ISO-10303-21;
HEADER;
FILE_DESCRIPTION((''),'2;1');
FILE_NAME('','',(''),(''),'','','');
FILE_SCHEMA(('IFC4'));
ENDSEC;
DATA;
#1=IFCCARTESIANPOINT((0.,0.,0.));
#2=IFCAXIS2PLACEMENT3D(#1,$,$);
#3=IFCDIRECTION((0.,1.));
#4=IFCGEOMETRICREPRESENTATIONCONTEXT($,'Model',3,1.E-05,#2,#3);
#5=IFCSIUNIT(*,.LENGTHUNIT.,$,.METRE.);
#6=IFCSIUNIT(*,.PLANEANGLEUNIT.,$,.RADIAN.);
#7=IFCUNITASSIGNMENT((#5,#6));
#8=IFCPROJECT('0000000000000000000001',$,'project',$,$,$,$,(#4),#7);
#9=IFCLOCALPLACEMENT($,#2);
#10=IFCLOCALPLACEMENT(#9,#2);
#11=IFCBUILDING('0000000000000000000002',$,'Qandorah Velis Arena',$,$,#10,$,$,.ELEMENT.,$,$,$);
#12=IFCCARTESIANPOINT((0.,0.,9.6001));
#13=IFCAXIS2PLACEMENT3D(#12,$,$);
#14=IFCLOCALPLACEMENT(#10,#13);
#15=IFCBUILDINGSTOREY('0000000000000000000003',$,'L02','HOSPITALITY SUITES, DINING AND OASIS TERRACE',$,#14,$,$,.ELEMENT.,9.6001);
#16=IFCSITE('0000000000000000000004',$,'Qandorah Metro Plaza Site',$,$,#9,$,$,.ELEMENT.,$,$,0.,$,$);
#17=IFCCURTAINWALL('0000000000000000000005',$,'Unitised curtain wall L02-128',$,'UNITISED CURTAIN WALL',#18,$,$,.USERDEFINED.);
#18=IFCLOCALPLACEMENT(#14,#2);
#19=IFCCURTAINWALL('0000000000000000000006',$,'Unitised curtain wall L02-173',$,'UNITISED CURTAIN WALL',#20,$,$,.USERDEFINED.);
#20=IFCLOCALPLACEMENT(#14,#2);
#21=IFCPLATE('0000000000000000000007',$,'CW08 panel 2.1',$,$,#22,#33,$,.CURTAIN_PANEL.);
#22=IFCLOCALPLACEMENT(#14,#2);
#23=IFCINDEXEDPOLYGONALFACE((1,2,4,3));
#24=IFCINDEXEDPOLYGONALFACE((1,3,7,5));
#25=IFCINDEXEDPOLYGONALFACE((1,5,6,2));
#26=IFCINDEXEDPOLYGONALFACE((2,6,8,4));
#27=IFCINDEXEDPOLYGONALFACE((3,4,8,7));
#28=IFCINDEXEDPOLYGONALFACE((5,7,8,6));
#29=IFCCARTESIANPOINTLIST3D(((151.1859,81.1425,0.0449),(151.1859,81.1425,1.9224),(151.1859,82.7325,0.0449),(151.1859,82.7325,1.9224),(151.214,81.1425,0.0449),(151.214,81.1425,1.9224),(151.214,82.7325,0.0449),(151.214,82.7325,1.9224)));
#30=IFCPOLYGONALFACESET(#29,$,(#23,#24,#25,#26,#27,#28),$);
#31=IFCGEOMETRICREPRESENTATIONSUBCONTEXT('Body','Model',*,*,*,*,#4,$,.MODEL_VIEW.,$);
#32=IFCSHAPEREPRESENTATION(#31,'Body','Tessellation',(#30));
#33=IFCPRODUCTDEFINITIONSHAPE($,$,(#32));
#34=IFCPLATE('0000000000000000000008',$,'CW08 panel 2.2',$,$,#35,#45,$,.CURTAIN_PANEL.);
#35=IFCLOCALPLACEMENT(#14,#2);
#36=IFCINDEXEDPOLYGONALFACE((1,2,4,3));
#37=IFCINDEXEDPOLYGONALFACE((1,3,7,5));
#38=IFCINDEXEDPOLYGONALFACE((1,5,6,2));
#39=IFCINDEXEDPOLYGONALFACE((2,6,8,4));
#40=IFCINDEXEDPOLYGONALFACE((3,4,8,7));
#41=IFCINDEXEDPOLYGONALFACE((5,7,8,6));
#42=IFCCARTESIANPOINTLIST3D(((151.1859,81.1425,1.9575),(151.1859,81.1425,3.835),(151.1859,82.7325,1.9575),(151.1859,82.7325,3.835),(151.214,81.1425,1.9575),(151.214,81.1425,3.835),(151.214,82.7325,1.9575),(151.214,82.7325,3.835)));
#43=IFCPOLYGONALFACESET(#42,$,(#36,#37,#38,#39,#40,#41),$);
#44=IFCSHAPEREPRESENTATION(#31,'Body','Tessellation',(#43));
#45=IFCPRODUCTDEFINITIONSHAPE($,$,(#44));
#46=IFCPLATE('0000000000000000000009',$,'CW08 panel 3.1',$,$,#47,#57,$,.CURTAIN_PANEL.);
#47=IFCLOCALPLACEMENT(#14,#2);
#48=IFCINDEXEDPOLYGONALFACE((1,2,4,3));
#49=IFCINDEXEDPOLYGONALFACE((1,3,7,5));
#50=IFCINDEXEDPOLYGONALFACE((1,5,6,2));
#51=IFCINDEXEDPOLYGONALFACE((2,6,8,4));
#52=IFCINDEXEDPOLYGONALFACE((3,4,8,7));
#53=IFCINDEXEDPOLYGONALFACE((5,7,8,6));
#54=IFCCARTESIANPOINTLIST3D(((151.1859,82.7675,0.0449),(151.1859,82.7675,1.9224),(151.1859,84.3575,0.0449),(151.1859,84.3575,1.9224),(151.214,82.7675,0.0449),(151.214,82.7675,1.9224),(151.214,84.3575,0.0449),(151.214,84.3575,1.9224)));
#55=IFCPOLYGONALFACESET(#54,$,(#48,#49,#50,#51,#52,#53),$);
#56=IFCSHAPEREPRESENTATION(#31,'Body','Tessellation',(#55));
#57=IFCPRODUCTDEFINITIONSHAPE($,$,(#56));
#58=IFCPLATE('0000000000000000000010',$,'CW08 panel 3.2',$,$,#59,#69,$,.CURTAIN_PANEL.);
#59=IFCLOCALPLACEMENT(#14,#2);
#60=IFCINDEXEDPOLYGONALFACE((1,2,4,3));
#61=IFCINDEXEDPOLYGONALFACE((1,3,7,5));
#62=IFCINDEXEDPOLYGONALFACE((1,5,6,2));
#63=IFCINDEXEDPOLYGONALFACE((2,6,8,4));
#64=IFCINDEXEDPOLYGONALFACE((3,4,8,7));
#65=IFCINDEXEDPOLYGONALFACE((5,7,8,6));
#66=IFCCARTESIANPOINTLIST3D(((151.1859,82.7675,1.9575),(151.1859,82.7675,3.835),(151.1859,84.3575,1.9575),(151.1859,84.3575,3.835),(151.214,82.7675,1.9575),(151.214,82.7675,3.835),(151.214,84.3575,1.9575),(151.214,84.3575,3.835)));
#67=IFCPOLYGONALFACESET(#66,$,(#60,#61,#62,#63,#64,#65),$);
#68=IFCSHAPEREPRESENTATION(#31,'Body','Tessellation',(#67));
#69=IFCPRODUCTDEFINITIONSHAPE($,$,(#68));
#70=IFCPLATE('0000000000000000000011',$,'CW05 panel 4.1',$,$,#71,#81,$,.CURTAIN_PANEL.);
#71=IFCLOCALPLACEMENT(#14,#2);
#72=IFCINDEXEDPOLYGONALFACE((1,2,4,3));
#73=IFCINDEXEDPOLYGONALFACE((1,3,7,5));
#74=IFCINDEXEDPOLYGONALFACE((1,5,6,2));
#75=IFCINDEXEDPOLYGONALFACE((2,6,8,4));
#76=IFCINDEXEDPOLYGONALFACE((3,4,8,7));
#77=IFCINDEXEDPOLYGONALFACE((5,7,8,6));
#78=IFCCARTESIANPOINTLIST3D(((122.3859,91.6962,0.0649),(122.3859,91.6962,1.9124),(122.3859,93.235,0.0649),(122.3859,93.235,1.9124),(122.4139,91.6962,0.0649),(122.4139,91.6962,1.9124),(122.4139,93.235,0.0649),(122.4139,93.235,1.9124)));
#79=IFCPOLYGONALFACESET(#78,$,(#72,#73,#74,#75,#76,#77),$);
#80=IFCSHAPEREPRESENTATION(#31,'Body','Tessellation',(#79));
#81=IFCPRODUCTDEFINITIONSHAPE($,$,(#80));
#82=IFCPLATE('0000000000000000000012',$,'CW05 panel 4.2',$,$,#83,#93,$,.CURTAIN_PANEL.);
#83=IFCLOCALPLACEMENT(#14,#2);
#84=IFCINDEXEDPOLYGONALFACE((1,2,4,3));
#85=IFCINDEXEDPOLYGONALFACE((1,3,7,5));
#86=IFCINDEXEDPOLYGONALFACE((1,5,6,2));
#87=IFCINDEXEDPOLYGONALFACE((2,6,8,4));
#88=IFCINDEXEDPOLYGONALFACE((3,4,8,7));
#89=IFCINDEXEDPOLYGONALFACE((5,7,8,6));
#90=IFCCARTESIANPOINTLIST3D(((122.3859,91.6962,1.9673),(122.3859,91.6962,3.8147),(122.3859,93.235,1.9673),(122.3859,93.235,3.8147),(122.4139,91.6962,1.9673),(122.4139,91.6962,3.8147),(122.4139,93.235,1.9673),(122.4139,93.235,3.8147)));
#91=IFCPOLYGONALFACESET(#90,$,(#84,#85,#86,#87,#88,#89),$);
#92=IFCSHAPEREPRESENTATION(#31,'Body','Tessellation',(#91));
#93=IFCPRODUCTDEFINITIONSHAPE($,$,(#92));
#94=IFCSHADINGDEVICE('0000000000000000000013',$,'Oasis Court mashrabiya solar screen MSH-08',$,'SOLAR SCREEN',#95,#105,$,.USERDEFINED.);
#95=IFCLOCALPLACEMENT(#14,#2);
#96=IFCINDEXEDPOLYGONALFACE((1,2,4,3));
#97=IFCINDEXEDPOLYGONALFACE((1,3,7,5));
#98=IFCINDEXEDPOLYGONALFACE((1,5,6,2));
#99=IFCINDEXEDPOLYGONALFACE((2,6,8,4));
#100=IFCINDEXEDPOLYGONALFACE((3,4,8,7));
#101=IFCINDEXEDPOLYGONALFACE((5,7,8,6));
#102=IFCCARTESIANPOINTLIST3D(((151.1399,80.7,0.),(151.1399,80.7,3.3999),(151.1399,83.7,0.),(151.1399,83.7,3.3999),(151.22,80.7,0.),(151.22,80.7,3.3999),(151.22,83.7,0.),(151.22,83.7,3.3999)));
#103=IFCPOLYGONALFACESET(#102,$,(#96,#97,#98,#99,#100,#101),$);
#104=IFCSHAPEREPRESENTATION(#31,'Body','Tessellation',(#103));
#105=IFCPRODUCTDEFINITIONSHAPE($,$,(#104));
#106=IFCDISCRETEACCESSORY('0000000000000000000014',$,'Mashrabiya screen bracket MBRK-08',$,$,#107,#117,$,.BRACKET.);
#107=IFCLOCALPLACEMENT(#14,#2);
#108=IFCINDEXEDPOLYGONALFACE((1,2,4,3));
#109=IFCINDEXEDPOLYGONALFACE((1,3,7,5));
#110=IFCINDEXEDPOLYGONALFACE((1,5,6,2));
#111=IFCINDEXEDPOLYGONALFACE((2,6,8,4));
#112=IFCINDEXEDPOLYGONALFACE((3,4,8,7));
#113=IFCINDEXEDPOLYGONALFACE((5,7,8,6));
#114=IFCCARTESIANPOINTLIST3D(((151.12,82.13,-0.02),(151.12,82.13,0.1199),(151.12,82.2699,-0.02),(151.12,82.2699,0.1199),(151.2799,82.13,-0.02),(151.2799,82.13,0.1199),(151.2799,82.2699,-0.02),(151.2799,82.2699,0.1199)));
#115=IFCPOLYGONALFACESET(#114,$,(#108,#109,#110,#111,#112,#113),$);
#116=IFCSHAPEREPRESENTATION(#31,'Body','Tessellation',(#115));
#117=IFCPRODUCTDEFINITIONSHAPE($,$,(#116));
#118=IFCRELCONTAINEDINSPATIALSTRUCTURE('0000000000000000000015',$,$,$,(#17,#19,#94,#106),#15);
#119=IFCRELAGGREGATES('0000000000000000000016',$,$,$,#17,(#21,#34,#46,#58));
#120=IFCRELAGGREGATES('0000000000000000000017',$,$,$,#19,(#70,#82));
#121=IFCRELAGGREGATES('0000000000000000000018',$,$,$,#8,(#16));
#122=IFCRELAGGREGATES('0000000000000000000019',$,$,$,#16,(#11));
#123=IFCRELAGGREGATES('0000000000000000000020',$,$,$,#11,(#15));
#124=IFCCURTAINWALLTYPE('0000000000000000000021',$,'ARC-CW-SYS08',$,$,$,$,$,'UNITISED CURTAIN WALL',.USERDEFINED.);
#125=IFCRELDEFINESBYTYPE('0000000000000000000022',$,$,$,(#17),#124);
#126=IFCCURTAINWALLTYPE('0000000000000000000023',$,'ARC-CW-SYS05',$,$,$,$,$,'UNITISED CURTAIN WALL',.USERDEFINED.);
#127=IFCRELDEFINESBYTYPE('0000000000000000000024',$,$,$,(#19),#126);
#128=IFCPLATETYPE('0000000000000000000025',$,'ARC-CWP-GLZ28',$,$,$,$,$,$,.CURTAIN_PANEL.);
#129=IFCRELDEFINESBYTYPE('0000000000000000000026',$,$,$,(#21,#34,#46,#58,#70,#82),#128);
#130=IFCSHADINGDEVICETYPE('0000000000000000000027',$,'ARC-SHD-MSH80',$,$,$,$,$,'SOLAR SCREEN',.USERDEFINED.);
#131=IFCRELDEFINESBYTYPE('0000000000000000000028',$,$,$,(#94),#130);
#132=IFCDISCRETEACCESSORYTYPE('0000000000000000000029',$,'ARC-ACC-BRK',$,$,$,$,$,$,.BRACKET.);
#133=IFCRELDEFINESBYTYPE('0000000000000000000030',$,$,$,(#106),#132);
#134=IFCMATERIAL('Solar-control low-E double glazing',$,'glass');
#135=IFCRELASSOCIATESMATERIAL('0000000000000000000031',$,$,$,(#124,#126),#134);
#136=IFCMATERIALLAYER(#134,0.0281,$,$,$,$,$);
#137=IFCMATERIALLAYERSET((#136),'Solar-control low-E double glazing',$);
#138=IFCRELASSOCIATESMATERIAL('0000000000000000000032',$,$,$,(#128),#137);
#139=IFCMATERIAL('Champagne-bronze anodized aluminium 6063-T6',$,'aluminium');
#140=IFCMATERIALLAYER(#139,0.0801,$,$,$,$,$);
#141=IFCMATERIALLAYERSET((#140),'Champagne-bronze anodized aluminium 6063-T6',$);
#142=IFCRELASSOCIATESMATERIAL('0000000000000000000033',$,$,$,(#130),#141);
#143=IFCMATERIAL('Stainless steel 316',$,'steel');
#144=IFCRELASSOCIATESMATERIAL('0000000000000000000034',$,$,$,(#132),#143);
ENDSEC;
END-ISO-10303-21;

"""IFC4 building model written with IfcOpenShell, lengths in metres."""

from ifc_helpers import new_model, si_unit, direction, frame, origin, origin_2d, place, context, subcontext, project, spatial, rectangle, extrude, material, layer, layer_set, type_object, element, aggregate, save


model = new_model("IFC4")

# Units and contexts
model_context = context("Model", 3, precision=1e-05, world=origin(), true_north=direction((0.0, 1.0)))
body_context = subcontext(model_context, "Body", "Model", "MODEL_VIEW")
ifc_project = project(units=[si_unit("LENGTHUNIT", "METRE"), si_unit("PLANEANGLEUNIT", "RADIAN")], contexts=[model_context])

# Site, building, storey
site_placement = place(None, origin())
site = spatial("IfcSite", under=ifc_project, at=site_placement, Name="Qandorah Metro Plaza Site", CompositionType="ELEMENT", RefElevation=0.0)
building_placement = place(site_placement, origin())
building = spatial("IfcBuilding", under=site, at=building_placement, Name="Qandorah Velis Arena", CompositionType="ELEMENT")
storey_placement = place(building_placement, frame((0.0, 0.0, 9.6001)))
storey = spatial("IfcBuildingStorey", under=building, at=storey_placement, Name="L02", Description="HOSPITALITY SUITES, DINING AND OASIS TERRACE", CompositionType="ELEMENT", Elevation=9.6001)

# Curtain wall
ifc_material_1 = material(Name="Solar-control low-E double glazing", Category="glass")
curtain_wall_type_1 = type_object("IfcCurtainWallType", Name="ARC-CW-SYS08", ElementType="UNITISED CURTAIN WALL", PredefinedType="USERDEFINED", material=ifc_material_1)
curtain_wall_1_placement = place(storey_placement, origin())
curtain_wall_1 = element("IfcCurtainWall", 1, at=curtain_wall_1_placement, inside=storey, type_object=curtain_wall_type_1, Name="Unitised curtain wall L02-128", ObjectType="UNITISED CURTAIN WALL", PredefinedType="USERDEFINED")
ifc_material_2 = material(Name="Champagne-bronze anodized aluminium 6063-T6", Category="aluminium")

# Curtain wall
curtain_wall_type_2 = type_object("IfcCurtainWallType", Name="ARC-CW-SYS05", ElementType="UNITISED CURTAIN WALL", PredefinedType="USERDEFINED", material=ifc_material_1)
curtain_wall_2_placement = place(storey_placement, origin())
curtain_wall_2 = element("IfcCurtainWall", 2, at=curtain_wall_2_placement, inside=storey, type_object=curtain_wall_type_2, Name="Unitised curtain wall L02-173", ObjectType="UNITISED CURTAIN WALL", PredefinedType="USERDEFINED")

# Plates
ifc_layer_1 = layer(ifc_material_1, 0.0281)
ifc_layer_set_1 = layer_set([ifc_layer_1], Name="Solar-control low-E double glazing")
plate_type_1 = type_object("IfcPlateType", Name="ARC-CWP-GLZ28", PredefinedType="CURTAIN_PANEL", material=ifc_layer_set_1)
plate_1_placement = place(storey_placement, frame((151.2, 81.9375, 0.0449), z_axis=(0.0, 0.0, 1.0), x_axis=(0.0, 1.0, 0.0)))
plate_1 = element("IfcPlate", 3, at=plate_1_placement, type_object=plate_type_1, Name="CW08 panel 2.1", PredefinedType="CURTAIN_PANEL", context=body_context, shape_type="SweptSolid", body=[
    extrude(rectangle(XDim=1.5901, YDim=0.0281, at=origin_2d()), origin(), (0.0, 0.0, 1.0), 1.8774),
])
plate_2_placement = place(storey_placement, frame((151.2, 81.9375, 1.9575), z_axis=(0.0, 0.0, 1.0), x_axis=(0.0, 1.0, 0.0)))
plate_2 = element("IfcPlate", 4, at=plate_2_placement, type_object=plate_type_1, Name="CW08 panel 2.2", PredefinedType="CURTAIN_PANEL", context=body_context, shape_type="SweptSolid", body=[
    extrude(rectangle(XDim=1.5901, YDim=0.0281, at=origin_2d()), origin(), (0.0, 0.0, 1.0), 1.8774),
])
plate_3_placement = place(storey_placement, frame((151.2, 83.5625, 0.0449), z_axis=(0.0, 0.0, 1.0), x_axis=(0.0, 1.0, 0.0)))
plate_3 = element("IfcPlate", 5, at=plate_3_placement, type_object=plate_type_1, Name="CW08 panel 3.1", PredefinedType="CURTAIN_PANEL", context=body_context, shape_type="SweptSolid", body=[
    extrude(rectangle(XDim=1.5901, YDim=0.0281, at=origin_2d()), origin(), (0.0, 0.0, 1.0), 1.8774),
])
plate_4_placement = place(storey_placement, frame((151.2, 83.5625, 1.9575), z_axis=(0.0, 0.0, 1.0), x_axis=(0.0, 1.0, 0.0)))
plate_4 = element("IfcPlate", 6, at=plate_4_placement, type_object=plate_type_1, Name="CW08 panel 3.2", PredefinedType="CURTAIN_PANEL", context=body_context, shape_type="SweptSolid", body=[
    extrude(rectangle(XDim=1.5901, YDim=0.0281, at=origin_2d()), origin(), (0.0, 0.0, 1.0), 1.8774),
])
aggregate(curtain_wall_1, [plate_1, plate_2, plate_3, plate_4])
plate_5_placement = place(storey_placement, frame((122.3999, 92.4656, 0.0649), z_axis=(0.0, 0.0, 1.0), x_axis=(0.0, 1.0, 0.0)))
plate_5 = element("IfcPlate", 7, at=plate_5_placement, type_object=plate_type_1, Name="CW05 panel 4.1", PredefinedType="CURTAIN_PANEL", context=body_context, shape_type="SweptSolid", body=[
    extrude(rectangle(XDim=1.5388, YDim=0.0281, at=origin_2d()), origin(), (0.0, 0.0, 1.0), 1.8474),
])
plate_6_placement = place(storey_placement, frame((122.3999, 92.4656, 1.9673), z_axis=(0.0, 0.0, 1.0), x_axis=(0.0, 1.0, 0.0)))
plate_6 = element("IfcPlate", 8, at=plate_6_placement, type_object=plate_type_1, Name="CW05 panel 4.2", PredefinedType="CURTAIN_PANEL", context=body_context, shape_type="SweptSolid", body=[
    extrude(rectangle(XDim=1.5388, YDim=0.0281, at=origin_2d()), origin(), (0.0, 0.0, 1.0), 1.8474),
])
aggregate(curtain_wall_2, [plate_5, plate_6])

# Shading device
ifc_layer_2 = layer(ifc_material_2, 0.0801)
ifc_layer_set_2 = layer_set([ifc_layer_2], Name="Champagne-bronze anodized aluminium 6063-T6")
shading_device_type = type_object("IfcShadingDeviceType", Name="ARC-SHD-MSH80", ElementType="SOLAR SCREEN", PredefinedType="USERDEFINED", material=ifc_layer_set_2)
shading_device_placement = place(storey_placement, frame((151.1799, 82.2, 0.0), z_axis=(0.0, 0.0, 1.0), x_axis=(1.0, 0.0, 0.0)))
element("IfcShadingDevice", 9, at=shading_device_placement, inside=storey, type_object=shading_device_type, Name="Oasis Court mashrabiya solar screen MSH-08", ObjectType="SOLAR SCREEN", PredefinedType="USERDEFINED", context=body_context, shape_type="SweptSolid", body=[
    extrude(rectangle(XDim=0.0801, YDim=3.0, at=origin_2d()), origin(), (0.0, 0.0, 1.0), 3.3999),
])

# Discrete accessory
ifc_material_3 = material(Name="Stainless steel 316", Category="steel")
discrete_accessory_type = type_object("IfcDiscreteAccessoryType", Name="ARC-ACC-BRK", PredefinedType="BRACKET", material=ifc_material_3)
discrete_accessory_placement = place(storey_placement, frame((151.2, 82.2, -0.02), z_axis=(0.0, 0.0, 1.0), x_axis=(1.0, 0.0, 0.0)))
element("IfcDiscreteAccessory", 10, at=discrete_accessory_placement, inside=storey, type_object=discrete_accessory_type, Name="Mashrabiya screen bracket MBRK-08", PredefinedType="BRACKET", context=body_context, shape_type="SweptSolid", body=[
    extrude(rectangle(XDim=0.1599, YDim=0.1399, at=origin_2d()), origin(), (0.0, 0.0, 1.0), 0.1399),
])

save(model, "model.ifc")
